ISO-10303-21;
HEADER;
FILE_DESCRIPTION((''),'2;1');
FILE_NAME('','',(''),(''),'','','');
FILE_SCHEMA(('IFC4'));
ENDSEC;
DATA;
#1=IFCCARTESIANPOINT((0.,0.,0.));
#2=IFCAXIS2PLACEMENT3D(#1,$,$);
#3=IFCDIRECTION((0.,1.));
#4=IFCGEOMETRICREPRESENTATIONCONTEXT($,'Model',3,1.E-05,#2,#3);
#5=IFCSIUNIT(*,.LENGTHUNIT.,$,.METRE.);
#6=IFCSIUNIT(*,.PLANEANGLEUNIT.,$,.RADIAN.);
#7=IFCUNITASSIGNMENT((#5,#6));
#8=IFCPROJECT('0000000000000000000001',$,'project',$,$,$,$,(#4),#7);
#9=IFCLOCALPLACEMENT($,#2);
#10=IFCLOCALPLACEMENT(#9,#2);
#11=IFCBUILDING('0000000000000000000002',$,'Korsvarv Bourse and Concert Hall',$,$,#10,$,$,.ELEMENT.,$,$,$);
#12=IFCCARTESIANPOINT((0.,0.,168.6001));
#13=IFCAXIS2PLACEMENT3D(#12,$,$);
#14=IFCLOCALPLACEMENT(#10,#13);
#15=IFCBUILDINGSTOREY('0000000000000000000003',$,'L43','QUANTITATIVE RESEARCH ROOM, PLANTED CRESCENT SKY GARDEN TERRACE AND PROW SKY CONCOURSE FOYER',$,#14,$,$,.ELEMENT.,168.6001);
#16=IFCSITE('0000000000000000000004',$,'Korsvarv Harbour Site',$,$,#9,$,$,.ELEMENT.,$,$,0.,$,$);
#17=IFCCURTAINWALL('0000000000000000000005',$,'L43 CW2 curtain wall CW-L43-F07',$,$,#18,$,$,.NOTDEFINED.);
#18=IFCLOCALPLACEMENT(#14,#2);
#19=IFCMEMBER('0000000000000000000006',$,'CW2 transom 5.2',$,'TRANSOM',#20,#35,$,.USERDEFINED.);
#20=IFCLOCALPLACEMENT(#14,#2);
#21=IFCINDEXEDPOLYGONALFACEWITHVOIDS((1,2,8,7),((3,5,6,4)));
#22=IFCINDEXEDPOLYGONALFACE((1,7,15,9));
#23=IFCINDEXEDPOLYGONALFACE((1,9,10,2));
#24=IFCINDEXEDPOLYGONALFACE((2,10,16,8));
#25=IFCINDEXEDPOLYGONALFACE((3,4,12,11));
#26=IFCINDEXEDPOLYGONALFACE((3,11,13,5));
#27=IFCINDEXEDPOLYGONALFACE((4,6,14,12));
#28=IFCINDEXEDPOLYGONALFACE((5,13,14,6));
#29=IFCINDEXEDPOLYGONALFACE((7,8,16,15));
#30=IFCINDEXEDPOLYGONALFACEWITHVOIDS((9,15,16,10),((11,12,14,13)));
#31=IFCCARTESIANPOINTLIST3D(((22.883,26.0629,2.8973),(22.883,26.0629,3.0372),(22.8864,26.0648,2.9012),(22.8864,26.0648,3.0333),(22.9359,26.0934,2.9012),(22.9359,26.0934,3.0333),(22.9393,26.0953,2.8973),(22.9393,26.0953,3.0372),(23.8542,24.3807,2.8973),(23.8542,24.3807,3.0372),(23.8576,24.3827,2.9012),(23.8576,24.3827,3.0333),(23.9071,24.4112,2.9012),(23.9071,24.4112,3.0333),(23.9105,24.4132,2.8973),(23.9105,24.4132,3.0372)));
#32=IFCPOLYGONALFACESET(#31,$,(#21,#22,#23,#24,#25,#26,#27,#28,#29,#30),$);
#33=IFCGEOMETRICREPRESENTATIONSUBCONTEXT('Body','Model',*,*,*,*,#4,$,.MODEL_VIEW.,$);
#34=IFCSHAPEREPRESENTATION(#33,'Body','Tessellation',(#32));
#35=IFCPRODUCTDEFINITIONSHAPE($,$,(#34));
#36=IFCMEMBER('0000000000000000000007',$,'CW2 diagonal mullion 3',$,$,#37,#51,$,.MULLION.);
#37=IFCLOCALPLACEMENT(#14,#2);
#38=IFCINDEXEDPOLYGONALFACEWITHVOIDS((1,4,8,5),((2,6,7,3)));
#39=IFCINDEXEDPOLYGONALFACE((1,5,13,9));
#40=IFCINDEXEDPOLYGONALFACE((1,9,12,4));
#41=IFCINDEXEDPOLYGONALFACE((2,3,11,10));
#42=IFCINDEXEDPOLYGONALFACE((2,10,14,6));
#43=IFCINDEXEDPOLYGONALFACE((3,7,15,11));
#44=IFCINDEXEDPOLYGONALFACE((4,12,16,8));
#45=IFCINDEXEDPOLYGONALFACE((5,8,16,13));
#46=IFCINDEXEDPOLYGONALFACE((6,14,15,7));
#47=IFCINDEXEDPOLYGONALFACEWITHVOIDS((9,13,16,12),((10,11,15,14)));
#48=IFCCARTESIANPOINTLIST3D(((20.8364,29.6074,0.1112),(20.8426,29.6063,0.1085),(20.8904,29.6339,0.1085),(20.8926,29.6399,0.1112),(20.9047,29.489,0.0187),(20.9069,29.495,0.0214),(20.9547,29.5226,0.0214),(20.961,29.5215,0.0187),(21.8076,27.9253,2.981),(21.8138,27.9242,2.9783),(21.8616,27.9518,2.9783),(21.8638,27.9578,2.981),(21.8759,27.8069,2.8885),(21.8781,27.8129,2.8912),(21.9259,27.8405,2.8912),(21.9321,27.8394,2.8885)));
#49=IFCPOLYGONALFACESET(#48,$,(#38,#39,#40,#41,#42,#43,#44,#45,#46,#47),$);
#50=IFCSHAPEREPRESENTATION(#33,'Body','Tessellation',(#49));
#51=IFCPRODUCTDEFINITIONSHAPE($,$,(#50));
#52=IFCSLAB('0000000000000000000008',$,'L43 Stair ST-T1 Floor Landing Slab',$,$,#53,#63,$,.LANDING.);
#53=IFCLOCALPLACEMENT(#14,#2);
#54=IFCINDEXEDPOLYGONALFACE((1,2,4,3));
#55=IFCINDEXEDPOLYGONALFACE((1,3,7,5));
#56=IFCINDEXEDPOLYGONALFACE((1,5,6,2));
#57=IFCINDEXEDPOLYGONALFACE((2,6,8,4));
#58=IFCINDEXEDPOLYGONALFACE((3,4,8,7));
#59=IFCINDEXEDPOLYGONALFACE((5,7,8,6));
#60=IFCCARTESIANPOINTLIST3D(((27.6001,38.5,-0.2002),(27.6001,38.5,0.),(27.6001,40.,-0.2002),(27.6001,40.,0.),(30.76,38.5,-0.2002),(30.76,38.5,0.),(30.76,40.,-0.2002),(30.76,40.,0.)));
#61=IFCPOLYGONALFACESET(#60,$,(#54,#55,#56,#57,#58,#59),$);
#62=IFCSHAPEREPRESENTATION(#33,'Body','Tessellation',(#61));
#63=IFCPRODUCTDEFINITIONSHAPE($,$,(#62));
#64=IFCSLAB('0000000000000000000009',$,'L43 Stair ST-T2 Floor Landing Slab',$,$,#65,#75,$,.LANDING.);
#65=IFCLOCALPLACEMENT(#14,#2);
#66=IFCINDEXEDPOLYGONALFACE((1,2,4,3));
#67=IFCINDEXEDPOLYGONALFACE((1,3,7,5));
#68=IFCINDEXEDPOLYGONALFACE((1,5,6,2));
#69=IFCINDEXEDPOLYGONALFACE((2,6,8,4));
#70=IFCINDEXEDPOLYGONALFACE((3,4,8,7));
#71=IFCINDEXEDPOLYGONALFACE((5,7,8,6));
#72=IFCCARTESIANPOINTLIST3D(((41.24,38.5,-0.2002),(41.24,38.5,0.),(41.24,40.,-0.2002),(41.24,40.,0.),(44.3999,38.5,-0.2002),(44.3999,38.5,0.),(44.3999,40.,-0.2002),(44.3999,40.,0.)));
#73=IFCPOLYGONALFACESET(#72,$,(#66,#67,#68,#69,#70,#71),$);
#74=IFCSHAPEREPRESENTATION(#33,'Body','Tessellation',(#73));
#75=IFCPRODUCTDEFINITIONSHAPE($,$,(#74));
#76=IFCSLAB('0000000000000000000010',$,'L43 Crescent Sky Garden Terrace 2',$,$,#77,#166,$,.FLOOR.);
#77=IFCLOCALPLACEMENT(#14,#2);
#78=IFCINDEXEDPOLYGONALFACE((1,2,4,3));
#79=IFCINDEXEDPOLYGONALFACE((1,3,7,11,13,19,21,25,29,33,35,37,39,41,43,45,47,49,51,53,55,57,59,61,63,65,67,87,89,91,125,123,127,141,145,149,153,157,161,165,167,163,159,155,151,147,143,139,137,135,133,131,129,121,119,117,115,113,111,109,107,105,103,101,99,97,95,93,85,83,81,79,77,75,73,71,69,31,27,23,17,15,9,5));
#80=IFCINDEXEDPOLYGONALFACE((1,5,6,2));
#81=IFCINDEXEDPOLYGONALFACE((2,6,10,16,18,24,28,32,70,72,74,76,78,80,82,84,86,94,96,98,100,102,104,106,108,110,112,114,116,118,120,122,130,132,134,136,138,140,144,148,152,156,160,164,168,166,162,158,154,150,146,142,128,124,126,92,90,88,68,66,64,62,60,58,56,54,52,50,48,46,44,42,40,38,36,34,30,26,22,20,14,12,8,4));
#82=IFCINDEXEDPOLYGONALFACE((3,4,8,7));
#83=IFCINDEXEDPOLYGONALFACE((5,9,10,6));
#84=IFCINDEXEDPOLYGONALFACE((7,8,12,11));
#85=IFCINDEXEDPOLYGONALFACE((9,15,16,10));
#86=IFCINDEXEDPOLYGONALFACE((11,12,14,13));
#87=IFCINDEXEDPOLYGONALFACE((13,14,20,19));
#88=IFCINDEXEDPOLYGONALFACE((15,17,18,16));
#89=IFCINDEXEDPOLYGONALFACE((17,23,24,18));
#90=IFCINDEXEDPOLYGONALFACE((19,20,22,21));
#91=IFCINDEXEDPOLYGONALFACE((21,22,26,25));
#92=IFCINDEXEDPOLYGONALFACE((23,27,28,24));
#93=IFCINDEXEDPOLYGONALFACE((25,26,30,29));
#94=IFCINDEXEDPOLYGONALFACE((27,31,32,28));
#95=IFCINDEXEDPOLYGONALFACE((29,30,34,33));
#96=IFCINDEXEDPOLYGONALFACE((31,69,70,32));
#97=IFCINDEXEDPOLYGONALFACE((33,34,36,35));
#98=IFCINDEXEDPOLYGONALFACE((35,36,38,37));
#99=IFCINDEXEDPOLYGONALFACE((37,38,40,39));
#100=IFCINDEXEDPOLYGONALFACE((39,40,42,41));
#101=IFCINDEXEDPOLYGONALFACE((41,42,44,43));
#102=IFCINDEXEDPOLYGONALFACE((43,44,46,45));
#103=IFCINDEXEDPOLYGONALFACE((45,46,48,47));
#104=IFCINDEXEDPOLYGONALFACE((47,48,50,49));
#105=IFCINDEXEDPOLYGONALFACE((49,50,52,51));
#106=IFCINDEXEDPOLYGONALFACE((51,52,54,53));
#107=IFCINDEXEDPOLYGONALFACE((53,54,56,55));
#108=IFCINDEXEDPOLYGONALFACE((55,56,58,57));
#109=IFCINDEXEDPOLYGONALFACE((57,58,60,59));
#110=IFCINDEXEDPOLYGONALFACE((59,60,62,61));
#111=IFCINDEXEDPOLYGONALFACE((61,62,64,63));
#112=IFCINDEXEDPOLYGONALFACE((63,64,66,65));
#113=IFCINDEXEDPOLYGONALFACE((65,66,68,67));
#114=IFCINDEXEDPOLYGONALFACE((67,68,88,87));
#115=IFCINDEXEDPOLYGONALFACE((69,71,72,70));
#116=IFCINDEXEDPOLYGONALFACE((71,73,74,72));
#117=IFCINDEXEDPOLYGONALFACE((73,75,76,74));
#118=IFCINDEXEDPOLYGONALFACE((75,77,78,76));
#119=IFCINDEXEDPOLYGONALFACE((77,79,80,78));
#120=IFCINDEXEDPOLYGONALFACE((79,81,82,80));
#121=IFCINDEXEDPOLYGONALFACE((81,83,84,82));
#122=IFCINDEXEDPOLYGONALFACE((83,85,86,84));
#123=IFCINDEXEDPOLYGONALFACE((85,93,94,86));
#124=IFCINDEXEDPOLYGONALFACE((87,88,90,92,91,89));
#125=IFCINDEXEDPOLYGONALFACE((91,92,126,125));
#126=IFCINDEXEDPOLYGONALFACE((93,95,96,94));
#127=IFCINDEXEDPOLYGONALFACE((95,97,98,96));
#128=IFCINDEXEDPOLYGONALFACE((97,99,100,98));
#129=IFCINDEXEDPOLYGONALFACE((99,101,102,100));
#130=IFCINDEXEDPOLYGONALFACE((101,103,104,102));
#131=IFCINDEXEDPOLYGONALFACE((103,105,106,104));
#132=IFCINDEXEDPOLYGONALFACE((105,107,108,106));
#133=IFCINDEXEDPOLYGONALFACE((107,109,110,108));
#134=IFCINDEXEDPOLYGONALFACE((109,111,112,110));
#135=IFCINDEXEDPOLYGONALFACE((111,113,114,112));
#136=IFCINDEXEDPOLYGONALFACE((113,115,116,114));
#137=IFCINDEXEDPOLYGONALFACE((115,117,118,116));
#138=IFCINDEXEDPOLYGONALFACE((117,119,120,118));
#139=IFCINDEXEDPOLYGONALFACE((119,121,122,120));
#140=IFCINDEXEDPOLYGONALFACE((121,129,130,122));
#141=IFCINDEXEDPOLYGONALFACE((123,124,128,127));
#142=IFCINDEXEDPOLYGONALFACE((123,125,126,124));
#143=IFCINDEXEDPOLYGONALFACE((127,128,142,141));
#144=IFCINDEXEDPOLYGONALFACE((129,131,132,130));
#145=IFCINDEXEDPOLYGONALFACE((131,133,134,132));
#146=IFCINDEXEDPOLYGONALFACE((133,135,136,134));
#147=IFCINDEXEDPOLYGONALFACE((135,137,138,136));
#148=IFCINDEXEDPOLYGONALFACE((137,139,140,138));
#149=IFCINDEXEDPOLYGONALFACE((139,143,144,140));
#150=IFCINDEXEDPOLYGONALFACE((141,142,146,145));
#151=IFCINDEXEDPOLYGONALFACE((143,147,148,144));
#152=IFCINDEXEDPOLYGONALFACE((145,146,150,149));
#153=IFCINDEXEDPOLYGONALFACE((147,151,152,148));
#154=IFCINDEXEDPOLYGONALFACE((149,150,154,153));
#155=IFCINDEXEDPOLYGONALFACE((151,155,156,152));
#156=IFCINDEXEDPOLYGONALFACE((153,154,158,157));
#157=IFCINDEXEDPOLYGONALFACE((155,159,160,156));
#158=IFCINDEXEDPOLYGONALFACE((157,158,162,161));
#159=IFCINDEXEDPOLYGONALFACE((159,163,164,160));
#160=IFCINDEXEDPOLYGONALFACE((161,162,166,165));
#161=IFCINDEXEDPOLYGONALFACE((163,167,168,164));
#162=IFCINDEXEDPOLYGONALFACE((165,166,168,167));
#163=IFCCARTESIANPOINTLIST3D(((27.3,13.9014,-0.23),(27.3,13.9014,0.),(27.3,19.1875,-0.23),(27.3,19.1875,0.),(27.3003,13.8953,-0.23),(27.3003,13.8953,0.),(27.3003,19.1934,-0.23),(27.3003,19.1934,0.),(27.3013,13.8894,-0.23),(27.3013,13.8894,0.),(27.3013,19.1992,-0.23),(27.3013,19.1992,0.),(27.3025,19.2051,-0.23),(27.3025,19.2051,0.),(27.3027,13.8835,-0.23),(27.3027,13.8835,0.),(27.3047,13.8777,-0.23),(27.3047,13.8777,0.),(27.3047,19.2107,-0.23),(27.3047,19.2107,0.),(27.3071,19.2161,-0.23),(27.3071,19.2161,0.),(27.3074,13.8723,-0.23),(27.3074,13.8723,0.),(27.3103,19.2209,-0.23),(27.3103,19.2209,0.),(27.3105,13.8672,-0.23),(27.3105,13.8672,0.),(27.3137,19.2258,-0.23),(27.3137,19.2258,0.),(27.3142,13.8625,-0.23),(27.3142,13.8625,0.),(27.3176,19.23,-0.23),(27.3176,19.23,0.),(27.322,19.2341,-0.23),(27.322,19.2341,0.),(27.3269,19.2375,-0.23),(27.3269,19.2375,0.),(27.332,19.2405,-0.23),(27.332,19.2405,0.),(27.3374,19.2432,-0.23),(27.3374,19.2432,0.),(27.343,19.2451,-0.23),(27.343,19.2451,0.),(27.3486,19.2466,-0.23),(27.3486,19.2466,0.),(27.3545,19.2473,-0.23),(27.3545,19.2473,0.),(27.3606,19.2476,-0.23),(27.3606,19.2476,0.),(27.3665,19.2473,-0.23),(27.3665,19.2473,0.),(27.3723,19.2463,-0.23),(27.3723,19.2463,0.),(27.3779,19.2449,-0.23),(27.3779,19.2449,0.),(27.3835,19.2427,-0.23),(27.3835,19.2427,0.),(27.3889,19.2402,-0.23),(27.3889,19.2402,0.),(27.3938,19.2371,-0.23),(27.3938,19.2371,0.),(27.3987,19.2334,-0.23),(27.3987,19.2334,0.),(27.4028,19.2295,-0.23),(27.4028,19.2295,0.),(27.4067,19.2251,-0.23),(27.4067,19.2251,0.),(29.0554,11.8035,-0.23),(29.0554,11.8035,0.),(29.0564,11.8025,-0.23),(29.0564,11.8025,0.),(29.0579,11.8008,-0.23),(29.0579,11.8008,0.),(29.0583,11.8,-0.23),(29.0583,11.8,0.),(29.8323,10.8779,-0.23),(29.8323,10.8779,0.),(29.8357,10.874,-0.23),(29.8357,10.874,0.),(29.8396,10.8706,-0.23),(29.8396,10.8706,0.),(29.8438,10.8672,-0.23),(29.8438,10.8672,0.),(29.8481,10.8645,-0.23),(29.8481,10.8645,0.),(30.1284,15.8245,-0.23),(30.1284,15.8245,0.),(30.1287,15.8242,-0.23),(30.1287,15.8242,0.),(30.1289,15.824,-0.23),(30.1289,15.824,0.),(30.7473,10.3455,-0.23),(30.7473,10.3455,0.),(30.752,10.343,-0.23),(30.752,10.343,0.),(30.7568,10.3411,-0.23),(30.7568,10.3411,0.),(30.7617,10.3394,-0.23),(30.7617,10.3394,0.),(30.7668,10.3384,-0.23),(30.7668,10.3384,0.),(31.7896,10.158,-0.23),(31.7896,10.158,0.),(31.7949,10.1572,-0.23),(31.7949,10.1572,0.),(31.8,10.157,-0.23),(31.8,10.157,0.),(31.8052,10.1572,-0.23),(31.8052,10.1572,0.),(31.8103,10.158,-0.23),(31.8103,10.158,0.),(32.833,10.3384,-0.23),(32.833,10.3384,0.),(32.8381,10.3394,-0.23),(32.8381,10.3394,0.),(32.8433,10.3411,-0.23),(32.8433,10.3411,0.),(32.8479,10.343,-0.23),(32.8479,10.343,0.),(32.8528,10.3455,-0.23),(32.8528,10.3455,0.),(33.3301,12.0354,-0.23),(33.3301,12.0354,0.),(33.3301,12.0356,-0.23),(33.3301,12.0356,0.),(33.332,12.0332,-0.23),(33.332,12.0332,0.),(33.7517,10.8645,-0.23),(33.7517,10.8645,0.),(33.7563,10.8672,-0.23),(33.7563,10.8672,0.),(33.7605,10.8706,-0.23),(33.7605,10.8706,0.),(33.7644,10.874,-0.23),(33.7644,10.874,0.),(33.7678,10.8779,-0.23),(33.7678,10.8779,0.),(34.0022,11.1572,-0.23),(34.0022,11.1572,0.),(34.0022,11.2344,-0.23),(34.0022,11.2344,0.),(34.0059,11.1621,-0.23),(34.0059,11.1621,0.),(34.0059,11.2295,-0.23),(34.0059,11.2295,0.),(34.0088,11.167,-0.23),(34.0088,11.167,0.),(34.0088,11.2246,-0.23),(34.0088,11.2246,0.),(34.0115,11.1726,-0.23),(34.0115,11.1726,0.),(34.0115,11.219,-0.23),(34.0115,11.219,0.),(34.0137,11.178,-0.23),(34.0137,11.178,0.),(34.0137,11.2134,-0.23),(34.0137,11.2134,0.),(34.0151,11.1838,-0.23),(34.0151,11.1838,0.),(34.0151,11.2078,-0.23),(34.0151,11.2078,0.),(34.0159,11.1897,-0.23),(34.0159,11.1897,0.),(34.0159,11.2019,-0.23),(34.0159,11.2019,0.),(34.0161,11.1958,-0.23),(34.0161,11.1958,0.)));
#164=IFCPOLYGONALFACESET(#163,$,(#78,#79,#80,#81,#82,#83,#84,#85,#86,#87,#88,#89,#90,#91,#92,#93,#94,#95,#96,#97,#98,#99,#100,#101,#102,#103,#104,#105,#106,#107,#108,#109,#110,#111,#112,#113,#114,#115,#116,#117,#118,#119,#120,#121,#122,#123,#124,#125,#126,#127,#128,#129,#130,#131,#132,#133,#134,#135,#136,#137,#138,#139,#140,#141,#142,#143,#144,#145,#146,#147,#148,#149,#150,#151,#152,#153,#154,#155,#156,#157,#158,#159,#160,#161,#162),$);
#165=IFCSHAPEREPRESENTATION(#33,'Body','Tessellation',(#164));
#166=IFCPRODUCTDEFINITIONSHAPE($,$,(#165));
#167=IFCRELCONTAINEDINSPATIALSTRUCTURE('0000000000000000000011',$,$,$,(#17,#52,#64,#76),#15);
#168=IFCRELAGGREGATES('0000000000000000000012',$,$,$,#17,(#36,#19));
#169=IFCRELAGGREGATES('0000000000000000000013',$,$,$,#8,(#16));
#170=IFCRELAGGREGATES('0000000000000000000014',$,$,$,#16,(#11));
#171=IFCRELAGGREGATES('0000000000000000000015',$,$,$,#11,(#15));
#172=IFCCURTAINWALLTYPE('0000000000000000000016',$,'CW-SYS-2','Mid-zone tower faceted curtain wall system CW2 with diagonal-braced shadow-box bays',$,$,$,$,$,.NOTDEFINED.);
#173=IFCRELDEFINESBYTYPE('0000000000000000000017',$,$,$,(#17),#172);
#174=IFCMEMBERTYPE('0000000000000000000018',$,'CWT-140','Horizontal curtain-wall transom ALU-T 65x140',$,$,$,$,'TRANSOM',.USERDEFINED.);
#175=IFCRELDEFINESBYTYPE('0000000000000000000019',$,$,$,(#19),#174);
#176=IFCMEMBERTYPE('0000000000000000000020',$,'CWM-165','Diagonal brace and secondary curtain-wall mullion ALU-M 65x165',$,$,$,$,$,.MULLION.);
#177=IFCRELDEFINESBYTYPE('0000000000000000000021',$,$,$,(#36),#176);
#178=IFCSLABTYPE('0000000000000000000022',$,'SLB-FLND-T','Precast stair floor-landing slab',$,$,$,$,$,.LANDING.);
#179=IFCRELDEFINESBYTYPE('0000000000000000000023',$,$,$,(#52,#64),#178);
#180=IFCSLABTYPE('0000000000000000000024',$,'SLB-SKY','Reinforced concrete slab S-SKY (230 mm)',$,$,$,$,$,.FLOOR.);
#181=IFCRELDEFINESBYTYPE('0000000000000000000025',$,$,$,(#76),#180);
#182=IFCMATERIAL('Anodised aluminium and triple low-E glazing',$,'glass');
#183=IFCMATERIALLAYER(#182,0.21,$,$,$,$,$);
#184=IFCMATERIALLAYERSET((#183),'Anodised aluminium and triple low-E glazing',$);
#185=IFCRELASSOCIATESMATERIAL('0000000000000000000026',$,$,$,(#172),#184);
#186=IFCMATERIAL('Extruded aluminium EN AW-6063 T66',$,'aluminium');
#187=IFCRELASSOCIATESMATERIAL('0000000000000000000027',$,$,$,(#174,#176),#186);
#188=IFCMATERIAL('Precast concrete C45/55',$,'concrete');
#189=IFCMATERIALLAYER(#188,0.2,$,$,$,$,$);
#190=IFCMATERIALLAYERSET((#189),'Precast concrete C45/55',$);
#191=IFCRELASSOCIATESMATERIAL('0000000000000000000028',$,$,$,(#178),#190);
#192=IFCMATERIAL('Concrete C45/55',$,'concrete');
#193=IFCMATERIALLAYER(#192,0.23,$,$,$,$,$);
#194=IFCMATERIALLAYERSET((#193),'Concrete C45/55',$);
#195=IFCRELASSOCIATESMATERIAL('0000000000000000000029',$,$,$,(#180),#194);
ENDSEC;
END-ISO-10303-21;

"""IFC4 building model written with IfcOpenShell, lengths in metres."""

from ifc_helpers import new_model, si_unit, direction, frame, origin, origin_2d, place, context, subcontext, project, spatial, polyline, hollow_rectangle, outline, extrude, source, transform, mapped, material, layer, layer_set, material_profile, profile_set, type_object, element, aggregate, save


model = new_model("IFC4")

# Units and contexts
model_context = context("Model", 3, precision=1e-05, world=origin(), true_north=direction((0.0, 1.0)))
body_context = subcontext(model_context, "Body", "Model", "MODEL_VIEW")
ifc_project = project(units=[si_unit("LENGTHUNIT", "METRE"), si_unit("PLANEANGLEUNIT", "RADIAN")], contexts=[model_context])

# Site, building, storey
site_placement = place(None, origin())
site = spatial("IfcSite", under=ifc_project, at=site_placement, Name="Korsvarv Harbour Site", CompositionType="ELEMENT", RefElevation=0.0)
building_placement = place(site_placement, origin())
building = spatial("IfcBuilding", under=site, at=building_placement, Name="Korsvarv Bourse and Concert Hall", CompositionType="ELEMENT")
storey_placement = place(building_placement, frame((0.0, 0.0, 168.6001)))
storey = spatial("IfcBuildingStorey", under=building, at=storey_placement, Name="L43", Description="QUANTITATIVE RESEARCH ROOM, PLANTED CRESCENT SKY GARDEN TERRACE AND PROW SKY CONCOURSE FOYER", CompositionType="ELEMENT", Elevation=168.6001)

# Curtain wall, members
ifc_material_1 = material(Name="Anodised aluminium and triple low-E glazing", Category="glass")
ifc_layer_1 = layer(ifc_material_1, 0.21)
ifc_layer_set_1 = layer_set([ifc_layer_1], Name="Anodised aluminium and triple low-E glazing")
curtain_wall_type = type_object("IfcCurtainWallType", Name="CW-SYS-2", Description="Mid-zone tower faceted curtain wall system CW2 with diagonal-braced shadow-box bays", PredefinedType="NOTDEFINED", material=ifc_layer_set_1)
curtain_wall_placement = place(storey_placement, origin())
curtain_wall = element("IfcCurtainWall", 1, at=curtain_wall_placement, inside=storey, type_object=curtain_wall_type, Name="L43 CW2 curtain wall CW-L43-F07", PredefinedType="NOTDEFINED")
ifc_material_2 = material(Name="Extruded aluminium EN AW-6063 T66", Category="aluminium")
ifc_material_profile_1 = material_profile(ifc_material_2, hollow_rectangle(XDim=0.0649, YDim=0.1399, WallThickness=0.0039, at=origin_2d()), Name="ALU-T 65x140")
ifc_profile_set_1 = profile_set([ifc_material_profile_1], Name="Extruded aluminium EN AW-6063 T66")
member_type_1 = type_object("IfcMemberType", Name="CWT-140", Description="Horizontal curtain-wall transom ALU-T 65x140", ElementType="TRANSOM", PredefinedType="USERDEFINED", material=ifc_profile_set_1)
shared_shape_1 = source(origin(), body_context, "Body", "SweptSolid", [
    extrude(hollow_rectangle(XDim=0.0649, YDim=0.1399, WallThickness=0.0039, at=origin_2d()), origin(), (0.0, 0.0, 1.0), 1.9424),
])
member_1_placement = place(storey_placement, frame((22.9111, 26.0791, 2.9673), z_axis=(0.500005, -0.866022, 0.0), x_axis=(0.866022, 0.500005, 0.0)))
member_1 = element("IfcMember", 2, at=member_1_placement, type_object=member_type_1, Name="CW2 transom 5.2", ObjectType="TRANSOM", PredefinedType="USERDEFINED", context=body_context, shape_type="MappedRepresentation", body=[
    mapped(shared_shape_1, transform((0.0, 0.0, 0.0), scale=1.0)),
])
ifc_material_profile_2 = material_profile(ifc_material_2, hollow_rectangle(XDim=0.0649, YDim=0.165, WallThickness=0.0049, at=origin_2d()), Name="ALU-M 65x165")
ifc_profile_set_2 = profile_set([ifc_material_profile_2], Name="Extruded aluminium EN AW-6063 T66")
member_type_2 = type_object("IfcMemberType", Name="CWM-165", Description="Diagonal brace and secondary curtain-wall mullion ALU-M 65x165", PredefinedType="MULLION", material=ifc_profile_set_2)
shared_shape_2 = source(origin(), body_context, "Body", "SweptSolid", [
    extrude(hollow_rectangle(XDim=0.0649, YDim=0.165, WallThickness=0.0049, at=origin_2d()), origin(), (0.0, 0.0, 1.0), 3.4653),
])
member_2_placement = place(storey_placement, frame((20.8987, 29.5645, 0.0649), z_axis=(0.280254, -0.485408, 0.828152), x_axis=(0.866022, 0.500005, 0.0)))
member_2 = element("IfcMember", 3, at=member_2_placement, type_object=member_type_2, Name="CW2 diagonal mullion 3", PredefinedType="MULLION", context=body_context, shape_type="MappedRepresentation", body=[
    mapped(shared_shape_2, transform((0.0, 0.0, 0.0), scale=1.0)),
])

# Slabs
ifc_material_3 = material(Name="Precast concrete C45/55", Category="concrete")
ifc_layer_2 = layer(ifc_material_3, 0.2)
ifc_layer_set_2 = layer_set([ifc_layer_2], Name="Precast concrete C45/55")
slab_type_1 = type_object("IfcSlabType", Name="SLB-FLND-T", Description="Precast stair floor-landing slab", PredefinedType="LANDING", material=ifc_layer_set_2)
slab_1_placement = place(storey_placement, frame((0.0, 0.0, -0.2002)))
element("IfcSlab", 4, at=slab_1_placement, inside=storey, type_object=slab_type_1, Name="L43 Stair ST-T1 Floor Landing Slab", PredefinedType="LANDING", context=body_context, shape_type="SweptSolid", body=[
    extrude(outline(polyline([(30.76, 38.5), (30.76, 40.0), (27.6001, 40.0), (27.6001, 38.5), (30.76, 38.5)])), origin(), (0.0, 0.0, 1.0), 0.2002),
])
slab_2_placement = place(storey_placement, frame((0.0, 0.0, -0.2002)))
element("IfcSlab", 5, at=slab_2_placement, inside=storey, type_object=slab_type_1, Name="L43 Stair ST-T2 Floor Landing Slab", PredefinedType="LANDING", context=body_context, shape_type="SweptSolid", body=[
    extrude(outline(polyline([(44.3999, 38.5), (44.3999, 40.0), (41.24, 40.0), (41.24, 38.5), (44.3999, 38.5)])), origin(), (0.0, 0.0, 1.0), 0.2002),
])
ifc_material_4 = material(Name="Concrete C45/55", Category="concrete")
ifc_layer_3 = layer(ifc_material_4, 0.23)
ifc_layer_set_3 = layer_set([ifc_layer_3], Name="Concrete C45/55")
slab_type_2 = type_object("IfcSlabType", Name="SLB-SKY", Description="Reinforced concrete slab S-SKY (230 mm)", PredefinedType="FLOOR", material=ifc_layer_set_3)
slab_3_placement = place(storey_placement, frame((0.0, 0.0, -0.23)))
element("IfcSlab", 6, at=slab_3_placement, inside=storey, type_object=slab_type_2, Name="L43 Crescent Sky Garden Terrace 2", PredefinedType="FLOOR", context=body_context, shape_type="SweptSolid", body=[
    extrude(outline(polyline([(32.8528, 10.3455), (32.8479, 10.343), (32.8433, 10.3411), (32.8381, 10.3394), (32.833, 10.3384), (31.8103, 10.158), (31.8052, 10.1572), (31.8, 10.157), (31.7949, 10.1572), (31.7896, 10.158), (30.7668, 10.3384), (30.7617, 10.3394), (30.7568, 10.3411), (30.752, 10.343), (30.7473, 10.3455), (29.8481, 10.8645), (29.8438, 10.8672), (29.8396, 10.8706), (29.8357, 10.874), (29.8323, 10.8779), (29.0583, 11.8), (29.0579, 11.8008), (29.0564, 11.8025), (29.0554, 11.8035), (27.3142, 13.8625), (27.3105, 13.8672), (27.3074, 13.8723), (27.3047, 13.8777), (27.3027, 13.8835), (27.3013, 13.8894), (27.3003, 13.8953), (27.3, 13.9014), (27.3, 19.1875), (27.3003, 19.1934), (27.3013, 19.1992), (27.3025, 19.2051), (27.3047, 19.2107), (27.3071, 19.2161), (27.3103, 19.2209), (27.3137, 19.2258), (27.3176, 19.23), (27.322, 19.2341), (27.3269, 19.2375), (27.332, 19.2405), (27.3374, 19.2432), (27.343, 19.2451), (27.3486, 19.2466), (27.3545, 19.2473), (27.3606, 19.2476), (27.3665, 19.2473), (27.3723, 19.2463), (27.3779, 19.2449), (27.3835, 19.2427), (27.3889, 19.2402), (27.3938, 19.2371), (27.3987, 19.2334), (27.4028, 19.2295), (27.4067, 19.2251), (30.1284, 15.8245), (30.1287, 15.8242), (30.1289, 15.824), (33.3301, 12.0356), (33.3301, 12.0354), (33.332, 12.0332), (33.332, 12.0332), (34.0022, 11.2344), (34.0059, 11.2295), (34.0088, 11.2246), (34.0115, 11.219), (34.0137, 11.2134), (34.0151, 11.2078), (34.0159, 11.2019), (34.0161, 11.1958), (34.0159, 11.1897), (34.0151, 11.1838), (34.0137, 11.178), (34.0115, 11.1726), (34.0088, 11.167), (34.0059, 11.1621), (34.0022, 11.1572), (33.7678, 10.8779), (33.7644, 10.874), (33.7605, 10.8706), (33.7563, 10.8672), (33.7517, 10.8645), (32.8528, 10.3455)])), origin(), (0.0, 0.0, 1.0), 0.23),
])

aggregate(curtain_wall, [member_2, member_1])

save(model, "model.ifc")
